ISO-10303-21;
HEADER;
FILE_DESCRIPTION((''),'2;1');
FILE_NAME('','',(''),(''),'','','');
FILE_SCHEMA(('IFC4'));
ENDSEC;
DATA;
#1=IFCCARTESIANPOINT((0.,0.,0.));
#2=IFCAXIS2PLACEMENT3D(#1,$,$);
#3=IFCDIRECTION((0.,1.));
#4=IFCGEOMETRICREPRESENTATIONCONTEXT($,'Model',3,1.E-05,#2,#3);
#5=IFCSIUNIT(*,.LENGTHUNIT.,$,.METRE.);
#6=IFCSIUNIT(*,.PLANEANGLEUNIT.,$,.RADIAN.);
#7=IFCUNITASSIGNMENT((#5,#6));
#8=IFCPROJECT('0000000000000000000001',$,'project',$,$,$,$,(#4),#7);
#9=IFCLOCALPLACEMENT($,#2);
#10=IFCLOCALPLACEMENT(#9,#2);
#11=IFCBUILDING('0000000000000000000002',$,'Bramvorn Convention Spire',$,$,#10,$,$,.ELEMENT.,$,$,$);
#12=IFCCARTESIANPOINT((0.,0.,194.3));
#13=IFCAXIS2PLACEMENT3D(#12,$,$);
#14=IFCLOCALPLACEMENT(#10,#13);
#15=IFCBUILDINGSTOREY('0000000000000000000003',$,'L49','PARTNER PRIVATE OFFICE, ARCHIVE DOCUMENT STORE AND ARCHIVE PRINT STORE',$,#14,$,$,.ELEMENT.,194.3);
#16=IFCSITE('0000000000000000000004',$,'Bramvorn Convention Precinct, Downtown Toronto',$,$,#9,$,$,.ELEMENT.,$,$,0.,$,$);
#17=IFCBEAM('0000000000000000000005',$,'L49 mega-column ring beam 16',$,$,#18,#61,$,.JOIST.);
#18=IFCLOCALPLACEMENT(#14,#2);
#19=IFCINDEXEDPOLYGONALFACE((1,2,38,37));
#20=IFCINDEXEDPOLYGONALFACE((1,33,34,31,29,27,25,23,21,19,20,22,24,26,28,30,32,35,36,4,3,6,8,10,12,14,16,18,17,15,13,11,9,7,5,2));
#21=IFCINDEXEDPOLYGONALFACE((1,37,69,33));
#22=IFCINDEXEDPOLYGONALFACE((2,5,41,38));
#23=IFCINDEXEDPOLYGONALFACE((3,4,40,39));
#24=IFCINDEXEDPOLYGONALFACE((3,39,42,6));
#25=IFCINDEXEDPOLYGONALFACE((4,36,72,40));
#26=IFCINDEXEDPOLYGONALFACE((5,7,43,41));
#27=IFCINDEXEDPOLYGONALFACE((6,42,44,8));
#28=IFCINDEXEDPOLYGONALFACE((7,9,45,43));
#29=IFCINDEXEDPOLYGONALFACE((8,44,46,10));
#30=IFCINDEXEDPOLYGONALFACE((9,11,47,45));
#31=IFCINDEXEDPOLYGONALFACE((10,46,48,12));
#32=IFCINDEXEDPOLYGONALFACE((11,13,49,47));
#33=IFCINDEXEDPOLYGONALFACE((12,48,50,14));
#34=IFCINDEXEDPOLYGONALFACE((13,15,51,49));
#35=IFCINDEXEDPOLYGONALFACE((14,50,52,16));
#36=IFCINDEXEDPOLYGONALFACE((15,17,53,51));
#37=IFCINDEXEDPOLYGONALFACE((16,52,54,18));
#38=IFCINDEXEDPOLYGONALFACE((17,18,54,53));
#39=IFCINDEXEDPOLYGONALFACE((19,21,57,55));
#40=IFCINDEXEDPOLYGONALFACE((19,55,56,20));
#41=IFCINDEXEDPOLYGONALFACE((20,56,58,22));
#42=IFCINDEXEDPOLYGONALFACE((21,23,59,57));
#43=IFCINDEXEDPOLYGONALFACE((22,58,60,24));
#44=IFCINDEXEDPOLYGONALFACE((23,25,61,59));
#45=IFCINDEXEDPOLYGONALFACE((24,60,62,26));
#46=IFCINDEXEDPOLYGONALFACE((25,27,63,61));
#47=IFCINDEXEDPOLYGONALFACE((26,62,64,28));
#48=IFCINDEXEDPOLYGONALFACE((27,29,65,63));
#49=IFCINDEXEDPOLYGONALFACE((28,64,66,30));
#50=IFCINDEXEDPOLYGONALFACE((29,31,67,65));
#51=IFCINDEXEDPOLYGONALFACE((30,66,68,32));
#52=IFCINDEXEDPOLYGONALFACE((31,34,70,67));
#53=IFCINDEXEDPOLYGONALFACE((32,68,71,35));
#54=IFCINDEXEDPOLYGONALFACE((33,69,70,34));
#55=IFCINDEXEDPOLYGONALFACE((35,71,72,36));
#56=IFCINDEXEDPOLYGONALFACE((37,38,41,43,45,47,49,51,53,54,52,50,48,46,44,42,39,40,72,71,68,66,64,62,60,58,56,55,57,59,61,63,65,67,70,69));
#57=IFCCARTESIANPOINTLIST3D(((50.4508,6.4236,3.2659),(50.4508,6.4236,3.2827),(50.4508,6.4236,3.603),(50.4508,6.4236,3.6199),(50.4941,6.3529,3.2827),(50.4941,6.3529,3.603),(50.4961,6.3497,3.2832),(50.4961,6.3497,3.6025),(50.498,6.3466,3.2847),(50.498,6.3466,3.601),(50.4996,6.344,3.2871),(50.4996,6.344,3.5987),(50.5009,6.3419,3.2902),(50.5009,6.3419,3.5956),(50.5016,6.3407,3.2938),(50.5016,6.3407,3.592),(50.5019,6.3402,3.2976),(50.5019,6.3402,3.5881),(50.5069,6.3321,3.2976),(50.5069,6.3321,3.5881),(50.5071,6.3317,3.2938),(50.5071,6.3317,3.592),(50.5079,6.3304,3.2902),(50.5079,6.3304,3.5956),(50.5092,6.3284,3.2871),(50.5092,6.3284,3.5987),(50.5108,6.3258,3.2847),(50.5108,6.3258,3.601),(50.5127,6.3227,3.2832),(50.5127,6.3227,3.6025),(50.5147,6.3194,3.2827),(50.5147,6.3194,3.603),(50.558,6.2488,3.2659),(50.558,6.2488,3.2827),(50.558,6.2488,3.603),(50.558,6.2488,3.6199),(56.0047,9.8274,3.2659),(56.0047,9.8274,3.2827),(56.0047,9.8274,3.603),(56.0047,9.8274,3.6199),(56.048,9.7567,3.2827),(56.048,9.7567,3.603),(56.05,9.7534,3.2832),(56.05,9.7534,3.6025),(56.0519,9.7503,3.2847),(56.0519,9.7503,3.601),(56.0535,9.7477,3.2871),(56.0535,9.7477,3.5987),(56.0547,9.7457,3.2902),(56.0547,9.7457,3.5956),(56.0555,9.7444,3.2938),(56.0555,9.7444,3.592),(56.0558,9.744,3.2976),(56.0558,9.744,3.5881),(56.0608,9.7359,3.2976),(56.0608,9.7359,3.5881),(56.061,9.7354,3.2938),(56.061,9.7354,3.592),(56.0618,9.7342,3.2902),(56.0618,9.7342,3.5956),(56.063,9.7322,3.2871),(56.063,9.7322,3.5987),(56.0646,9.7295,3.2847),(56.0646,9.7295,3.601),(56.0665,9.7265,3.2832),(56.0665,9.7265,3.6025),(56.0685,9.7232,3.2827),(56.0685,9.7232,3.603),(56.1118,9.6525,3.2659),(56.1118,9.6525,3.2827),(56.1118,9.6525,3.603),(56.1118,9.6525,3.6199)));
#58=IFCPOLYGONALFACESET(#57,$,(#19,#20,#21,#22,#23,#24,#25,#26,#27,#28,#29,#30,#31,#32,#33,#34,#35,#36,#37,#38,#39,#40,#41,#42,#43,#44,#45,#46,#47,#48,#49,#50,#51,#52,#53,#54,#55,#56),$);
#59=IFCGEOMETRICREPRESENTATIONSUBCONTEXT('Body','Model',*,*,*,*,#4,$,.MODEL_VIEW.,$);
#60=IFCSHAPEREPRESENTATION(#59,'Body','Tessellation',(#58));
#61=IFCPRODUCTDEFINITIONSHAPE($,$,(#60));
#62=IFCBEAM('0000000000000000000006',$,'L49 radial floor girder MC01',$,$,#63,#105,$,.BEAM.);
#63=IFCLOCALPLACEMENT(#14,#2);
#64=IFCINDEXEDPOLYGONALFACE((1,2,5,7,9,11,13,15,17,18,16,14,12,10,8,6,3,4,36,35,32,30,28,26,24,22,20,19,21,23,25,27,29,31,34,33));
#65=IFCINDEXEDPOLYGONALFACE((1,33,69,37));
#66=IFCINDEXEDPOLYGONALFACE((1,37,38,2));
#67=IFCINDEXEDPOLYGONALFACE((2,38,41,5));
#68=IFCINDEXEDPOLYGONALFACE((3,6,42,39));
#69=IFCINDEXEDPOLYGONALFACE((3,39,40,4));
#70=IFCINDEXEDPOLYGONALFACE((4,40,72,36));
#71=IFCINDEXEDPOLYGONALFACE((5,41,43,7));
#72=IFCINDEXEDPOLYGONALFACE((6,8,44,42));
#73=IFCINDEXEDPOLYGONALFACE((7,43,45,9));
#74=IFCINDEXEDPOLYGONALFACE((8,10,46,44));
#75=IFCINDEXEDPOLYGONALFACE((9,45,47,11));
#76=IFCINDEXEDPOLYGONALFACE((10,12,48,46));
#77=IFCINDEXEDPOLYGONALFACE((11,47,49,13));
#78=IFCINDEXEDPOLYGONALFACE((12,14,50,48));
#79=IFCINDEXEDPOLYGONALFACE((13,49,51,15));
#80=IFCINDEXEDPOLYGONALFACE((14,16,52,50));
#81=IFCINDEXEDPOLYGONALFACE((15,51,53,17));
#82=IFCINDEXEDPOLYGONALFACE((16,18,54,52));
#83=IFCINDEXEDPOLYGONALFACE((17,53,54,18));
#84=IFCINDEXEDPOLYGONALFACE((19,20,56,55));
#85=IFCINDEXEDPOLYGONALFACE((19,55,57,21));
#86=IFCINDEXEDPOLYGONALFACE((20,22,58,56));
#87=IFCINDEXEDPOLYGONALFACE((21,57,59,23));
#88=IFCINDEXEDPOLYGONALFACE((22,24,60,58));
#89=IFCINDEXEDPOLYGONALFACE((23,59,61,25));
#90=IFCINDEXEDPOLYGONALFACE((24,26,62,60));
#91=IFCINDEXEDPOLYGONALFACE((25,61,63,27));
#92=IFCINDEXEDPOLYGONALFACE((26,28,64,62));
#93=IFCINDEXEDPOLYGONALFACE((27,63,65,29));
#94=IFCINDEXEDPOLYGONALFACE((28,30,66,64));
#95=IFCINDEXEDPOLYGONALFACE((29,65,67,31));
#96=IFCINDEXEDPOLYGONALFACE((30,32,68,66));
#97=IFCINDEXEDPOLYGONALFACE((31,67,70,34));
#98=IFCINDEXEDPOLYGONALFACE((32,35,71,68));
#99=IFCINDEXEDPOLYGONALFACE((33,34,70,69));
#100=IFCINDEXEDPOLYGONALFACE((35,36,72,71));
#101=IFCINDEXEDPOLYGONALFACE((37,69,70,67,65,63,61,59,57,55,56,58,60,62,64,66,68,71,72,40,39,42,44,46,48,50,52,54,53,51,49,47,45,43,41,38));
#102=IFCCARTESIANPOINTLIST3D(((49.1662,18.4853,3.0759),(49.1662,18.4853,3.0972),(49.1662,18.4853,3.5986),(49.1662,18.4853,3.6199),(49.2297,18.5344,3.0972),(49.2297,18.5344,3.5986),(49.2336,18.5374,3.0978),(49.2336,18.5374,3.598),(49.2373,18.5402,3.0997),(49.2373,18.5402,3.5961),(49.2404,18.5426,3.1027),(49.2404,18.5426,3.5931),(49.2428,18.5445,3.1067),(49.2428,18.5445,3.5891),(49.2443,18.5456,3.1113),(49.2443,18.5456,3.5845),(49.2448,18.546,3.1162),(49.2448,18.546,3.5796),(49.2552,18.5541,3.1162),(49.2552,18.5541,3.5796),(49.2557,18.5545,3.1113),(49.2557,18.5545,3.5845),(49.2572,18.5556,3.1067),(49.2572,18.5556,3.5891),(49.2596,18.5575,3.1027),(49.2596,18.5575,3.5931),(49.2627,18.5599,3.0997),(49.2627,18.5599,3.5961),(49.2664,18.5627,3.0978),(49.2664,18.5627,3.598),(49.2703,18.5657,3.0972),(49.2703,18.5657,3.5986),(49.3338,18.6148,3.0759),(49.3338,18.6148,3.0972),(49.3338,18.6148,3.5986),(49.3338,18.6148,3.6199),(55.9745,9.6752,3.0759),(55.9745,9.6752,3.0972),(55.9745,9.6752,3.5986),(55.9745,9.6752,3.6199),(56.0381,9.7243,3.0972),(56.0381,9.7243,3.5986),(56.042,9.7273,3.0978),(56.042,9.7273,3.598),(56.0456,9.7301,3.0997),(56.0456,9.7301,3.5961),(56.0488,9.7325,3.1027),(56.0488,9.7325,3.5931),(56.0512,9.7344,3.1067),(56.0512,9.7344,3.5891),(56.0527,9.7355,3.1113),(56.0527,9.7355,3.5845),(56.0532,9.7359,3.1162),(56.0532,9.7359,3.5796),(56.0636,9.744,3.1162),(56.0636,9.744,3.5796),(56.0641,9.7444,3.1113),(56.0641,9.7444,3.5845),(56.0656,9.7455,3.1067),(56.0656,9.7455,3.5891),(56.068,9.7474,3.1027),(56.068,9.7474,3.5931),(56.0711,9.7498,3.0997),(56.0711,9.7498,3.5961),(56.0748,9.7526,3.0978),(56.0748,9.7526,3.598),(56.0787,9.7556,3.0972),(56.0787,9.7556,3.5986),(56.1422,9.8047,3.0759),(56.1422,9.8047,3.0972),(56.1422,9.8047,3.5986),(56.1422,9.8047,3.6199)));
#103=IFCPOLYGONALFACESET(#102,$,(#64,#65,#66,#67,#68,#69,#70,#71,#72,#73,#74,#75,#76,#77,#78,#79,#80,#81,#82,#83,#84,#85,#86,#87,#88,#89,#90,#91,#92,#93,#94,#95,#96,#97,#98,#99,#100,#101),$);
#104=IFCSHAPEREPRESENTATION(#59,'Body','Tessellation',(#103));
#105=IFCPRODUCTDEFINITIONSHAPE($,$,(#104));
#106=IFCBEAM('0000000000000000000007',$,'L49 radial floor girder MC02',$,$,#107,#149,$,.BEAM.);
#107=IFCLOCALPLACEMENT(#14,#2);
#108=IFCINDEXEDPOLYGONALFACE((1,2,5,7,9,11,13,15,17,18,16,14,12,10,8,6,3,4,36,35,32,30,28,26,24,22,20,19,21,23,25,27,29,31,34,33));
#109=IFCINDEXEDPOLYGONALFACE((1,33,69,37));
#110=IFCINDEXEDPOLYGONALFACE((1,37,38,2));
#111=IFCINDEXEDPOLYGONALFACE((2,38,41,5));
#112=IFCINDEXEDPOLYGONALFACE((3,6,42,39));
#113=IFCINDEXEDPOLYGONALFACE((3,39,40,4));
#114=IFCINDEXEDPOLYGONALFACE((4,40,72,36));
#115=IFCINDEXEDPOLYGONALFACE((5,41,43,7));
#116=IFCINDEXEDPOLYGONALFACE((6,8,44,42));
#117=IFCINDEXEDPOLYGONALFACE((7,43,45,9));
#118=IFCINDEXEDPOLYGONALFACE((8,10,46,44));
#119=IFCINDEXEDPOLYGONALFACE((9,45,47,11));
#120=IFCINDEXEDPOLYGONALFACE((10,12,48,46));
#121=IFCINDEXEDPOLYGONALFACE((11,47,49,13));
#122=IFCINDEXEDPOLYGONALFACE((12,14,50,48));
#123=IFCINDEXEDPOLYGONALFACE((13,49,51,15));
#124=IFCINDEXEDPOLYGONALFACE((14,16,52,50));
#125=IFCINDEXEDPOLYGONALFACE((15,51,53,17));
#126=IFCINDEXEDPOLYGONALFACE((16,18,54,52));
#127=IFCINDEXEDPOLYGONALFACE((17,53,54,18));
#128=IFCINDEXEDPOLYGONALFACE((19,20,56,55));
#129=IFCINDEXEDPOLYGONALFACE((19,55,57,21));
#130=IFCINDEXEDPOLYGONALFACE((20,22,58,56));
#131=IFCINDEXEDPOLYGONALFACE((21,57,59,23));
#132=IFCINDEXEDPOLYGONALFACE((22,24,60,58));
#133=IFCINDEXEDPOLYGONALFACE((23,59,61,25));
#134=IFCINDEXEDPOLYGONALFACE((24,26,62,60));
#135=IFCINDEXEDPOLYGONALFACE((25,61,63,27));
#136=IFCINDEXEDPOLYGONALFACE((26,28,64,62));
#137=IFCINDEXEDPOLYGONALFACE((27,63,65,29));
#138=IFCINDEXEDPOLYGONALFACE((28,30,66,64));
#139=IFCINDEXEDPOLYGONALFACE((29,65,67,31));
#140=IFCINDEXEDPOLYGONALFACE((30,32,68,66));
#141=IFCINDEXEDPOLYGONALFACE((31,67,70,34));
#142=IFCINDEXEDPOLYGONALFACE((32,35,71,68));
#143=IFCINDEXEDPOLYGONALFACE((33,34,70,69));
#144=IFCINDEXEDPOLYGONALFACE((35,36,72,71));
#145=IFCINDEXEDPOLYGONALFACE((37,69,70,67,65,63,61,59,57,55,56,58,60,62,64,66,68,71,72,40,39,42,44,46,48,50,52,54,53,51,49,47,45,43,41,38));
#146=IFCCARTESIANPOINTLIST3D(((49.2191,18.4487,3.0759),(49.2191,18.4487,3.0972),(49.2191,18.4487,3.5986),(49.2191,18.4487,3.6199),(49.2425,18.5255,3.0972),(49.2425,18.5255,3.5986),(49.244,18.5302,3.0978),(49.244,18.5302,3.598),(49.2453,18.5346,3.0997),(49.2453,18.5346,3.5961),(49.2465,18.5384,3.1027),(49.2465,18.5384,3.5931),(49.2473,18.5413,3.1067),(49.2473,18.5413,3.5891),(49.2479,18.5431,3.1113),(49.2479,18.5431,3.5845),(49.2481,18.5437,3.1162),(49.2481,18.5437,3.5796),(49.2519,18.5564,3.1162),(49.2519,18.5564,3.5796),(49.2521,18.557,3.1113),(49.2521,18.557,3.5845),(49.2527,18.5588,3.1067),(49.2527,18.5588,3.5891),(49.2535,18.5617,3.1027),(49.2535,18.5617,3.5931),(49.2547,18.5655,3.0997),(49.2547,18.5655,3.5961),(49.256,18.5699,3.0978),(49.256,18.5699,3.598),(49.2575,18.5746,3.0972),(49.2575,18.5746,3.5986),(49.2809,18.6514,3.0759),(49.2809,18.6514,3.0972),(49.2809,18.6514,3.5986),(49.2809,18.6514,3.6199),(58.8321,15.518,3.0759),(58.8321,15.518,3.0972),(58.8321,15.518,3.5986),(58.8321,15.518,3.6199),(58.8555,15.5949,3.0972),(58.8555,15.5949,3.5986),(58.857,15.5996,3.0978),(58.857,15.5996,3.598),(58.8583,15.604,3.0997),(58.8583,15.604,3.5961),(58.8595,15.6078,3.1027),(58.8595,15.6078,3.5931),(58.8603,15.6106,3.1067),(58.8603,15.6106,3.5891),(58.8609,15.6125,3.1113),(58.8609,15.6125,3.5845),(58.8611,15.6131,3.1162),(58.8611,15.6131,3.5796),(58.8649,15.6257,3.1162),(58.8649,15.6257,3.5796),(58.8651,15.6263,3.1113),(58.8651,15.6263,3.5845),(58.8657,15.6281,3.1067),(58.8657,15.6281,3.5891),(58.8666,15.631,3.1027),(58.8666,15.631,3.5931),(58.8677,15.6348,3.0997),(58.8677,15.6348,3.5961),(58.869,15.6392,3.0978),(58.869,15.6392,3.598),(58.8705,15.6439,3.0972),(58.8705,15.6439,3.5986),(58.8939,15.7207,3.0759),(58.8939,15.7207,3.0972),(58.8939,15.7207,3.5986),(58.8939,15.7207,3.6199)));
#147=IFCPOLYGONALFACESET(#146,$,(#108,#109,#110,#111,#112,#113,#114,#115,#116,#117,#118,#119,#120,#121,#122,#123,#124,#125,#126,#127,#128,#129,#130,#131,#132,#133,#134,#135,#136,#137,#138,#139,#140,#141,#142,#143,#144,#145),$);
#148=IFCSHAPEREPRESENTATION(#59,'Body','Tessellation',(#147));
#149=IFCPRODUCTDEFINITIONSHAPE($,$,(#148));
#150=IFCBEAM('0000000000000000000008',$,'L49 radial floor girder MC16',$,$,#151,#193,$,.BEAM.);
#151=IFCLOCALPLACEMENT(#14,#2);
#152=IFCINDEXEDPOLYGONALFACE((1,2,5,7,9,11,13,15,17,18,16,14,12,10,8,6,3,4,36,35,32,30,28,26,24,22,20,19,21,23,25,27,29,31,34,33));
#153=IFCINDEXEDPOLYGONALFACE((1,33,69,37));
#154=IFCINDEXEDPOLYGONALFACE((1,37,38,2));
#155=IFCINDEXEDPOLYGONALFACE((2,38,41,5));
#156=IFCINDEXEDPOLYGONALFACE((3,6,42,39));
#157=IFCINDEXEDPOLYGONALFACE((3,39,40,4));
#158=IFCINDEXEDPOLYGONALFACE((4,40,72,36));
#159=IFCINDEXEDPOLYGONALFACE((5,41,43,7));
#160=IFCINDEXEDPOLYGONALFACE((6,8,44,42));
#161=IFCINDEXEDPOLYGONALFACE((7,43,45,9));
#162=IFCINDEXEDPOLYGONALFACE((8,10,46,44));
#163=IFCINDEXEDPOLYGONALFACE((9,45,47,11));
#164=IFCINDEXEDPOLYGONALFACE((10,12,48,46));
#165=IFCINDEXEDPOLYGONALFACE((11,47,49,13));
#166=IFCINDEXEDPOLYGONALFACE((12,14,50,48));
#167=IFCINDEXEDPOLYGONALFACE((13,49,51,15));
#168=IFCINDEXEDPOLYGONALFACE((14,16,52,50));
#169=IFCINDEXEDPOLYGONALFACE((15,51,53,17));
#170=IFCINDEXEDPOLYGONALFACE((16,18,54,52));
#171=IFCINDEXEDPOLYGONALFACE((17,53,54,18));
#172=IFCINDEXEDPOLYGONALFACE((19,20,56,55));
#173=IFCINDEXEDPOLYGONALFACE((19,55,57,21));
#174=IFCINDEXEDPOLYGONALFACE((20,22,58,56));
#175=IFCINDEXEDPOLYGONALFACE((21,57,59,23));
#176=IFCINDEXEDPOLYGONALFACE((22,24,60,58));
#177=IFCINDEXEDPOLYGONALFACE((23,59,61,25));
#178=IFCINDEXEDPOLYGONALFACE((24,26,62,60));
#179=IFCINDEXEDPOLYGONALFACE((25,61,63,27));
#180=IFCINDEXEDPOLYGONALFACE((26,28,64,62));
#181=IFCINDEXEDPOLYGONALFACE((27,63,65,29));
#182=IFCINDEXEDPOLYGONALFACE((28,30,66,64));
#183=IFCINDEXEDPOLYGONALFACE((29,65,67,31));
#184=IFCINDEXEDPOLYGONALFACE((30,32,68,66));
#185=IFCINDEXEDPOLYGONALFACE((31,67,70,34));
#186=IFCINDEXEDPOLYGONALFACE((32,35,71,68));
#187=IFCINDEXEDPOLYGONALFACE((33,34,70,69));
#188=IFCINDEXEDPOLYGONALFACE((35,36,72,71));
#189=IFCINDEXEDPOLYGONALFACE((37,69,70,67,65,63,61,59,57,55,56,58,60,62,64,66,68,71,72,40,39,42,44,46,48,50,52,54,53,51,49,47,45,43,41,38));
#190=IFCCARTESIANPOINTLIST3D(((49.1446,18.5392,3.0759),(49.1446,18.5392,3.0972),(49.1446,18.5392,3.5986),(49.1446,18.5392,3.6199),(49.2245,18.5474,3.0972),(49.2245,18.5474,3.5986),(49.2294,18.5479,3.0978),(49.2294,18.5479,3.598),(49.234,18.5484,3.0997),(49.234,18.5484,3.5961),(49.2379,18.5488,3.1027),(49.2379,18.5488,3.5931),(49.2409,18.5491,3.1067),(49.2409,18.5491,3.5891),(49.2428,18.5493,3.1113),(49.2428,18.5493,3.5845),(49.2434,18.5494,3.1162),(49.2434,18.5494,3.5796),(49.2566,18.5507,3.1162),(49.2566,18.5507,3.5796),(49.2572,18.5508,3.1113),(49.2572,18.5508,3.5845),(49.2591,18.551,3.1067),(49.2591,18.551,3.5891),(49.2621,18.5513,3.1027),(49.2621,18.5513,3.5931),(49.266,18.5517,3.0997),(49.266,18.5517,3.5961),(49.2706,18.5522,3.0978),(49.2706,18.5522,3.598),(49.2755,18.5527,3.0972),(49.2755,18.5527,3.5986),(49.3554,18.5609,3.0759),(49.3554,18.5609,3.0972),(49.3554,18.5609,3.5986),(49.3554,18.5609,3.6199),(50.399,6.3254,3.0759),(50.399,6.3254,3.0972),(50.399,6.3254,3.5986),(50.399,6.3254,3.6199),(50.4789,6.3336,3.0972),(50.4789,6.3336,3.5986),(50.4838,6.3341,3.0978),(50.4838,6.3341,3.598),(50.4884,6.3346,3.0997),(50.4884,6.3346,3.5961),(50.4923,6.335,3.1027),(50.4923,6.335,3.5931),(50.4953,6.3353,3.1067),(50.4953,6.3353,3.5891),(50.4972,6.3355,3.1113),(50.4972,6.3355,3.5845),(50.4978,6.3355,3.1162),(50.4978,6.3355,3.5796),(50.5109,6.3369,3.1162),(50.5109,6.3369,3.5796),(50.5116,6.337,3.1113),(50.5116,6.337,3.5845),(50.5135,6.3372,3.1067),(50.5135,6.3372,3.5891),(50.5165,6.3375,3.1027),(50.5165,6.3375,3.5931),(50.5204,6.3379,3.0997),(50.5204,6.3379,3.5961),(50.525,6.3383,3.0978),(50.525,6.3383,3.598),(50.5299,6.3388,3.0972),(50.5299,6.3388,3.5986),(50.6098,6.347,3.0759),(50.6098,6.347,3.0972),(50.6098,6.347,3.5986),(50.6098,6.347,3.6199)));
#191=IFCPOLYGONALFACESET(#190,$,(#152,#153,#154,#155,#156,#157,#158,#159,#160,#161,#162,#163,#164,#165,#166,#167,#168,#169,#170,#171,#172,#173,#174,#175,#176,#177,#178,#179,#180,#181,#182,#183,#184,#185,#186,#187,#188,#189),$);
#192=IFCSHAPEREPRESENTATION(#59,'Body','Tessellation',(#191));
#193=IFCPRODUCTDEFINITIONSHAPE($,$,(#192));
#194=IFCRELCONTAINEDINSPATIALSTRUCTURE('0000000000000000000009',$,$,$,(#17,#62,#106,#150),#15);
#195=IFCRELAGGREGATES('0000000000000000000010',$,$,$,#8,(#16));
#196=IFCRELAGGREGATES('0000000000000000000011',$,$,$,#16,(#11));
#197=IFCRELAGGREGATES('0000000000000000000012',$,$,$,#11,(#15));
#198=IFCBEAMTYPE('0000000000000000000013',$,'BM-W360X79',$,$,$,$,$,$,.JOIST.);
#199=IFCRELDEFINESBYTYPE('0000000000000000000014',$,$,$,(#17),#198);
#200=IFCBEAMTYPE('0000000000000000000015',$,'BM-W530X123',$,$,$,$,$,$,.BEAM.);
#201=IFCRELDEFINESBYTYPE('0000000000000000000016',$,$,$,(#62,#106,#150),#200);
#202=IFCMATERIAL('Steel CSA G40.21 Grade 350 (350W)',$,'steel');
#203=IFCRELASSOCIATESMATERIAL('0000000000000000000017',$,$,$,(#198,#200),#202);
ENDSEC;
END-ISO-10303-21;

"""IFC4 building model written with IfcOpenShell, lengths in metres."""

from ifc_helpers import new_model, si_unit, direction, frame, origin, origin_2d, place, context, subcontext, project, spatial, i_section, extrude, material, material_profile, profile_set, type_object, element, save


model = new_model("IFC4")

# Units and contexts
model_context = context("Model", 3, precision=1e-05, world=origin(), true_north=direction((0.0, 1.0)))
body_context = subcontext(model_context, "Body", "Model", "MODEL_VIEW")
ifc_project = project(units=[si_unit("LENGTHUNIT", "METRE"), si_unit("PLANEANGLEUNIT", "RADIAN")], contexts=[model_context])

# Site, building, storey
site_placement = place(None, origin())
site = spatial("IfcSite", under=ifc_project, at=site_placement, Name="Bramvorn Convention Precinct, Downtown Toronto", CompositionType="ELEMENT", RefElevation=0.0)
building_placement = place(site_placement, origin())
building = spatial("IfcBuilding", under=site, at=building_placement, Name="Bramvorn Convention Spire", CompositionType="ELEMENT")
storey_placement = place(building_placement, frame((0.0, 0.0, 194.3)))
storey = spatial("IfcBuildingStorey", under=building, at=storey_placement, Name="L49", Description="PARTNER PRIVATE OFFICE, ARCHIVE DOCUMENT STORE AND ARCHIVE PRINT STORE", CompositionType="ELEMENT", Elevation=194.3)

# Shared definitions
ifc_material_1 = material(Name="Steel CSA G40.21 Grade 350 (350W)", Category="steel")

# Beams
ifc_material_profile_1 = material_profile(ifc_material_1, i_section(OverallWidth=0.2051, OverallDepth=0.354, WebThickness=0.0095, FlangeThickness=0.0168, FilletRadius=0.0149, at=origin_2d()))
ifc_profile_set_1 = profile_set([ifc_material_profile_1], Name="Steel CSA G40.21 Grade 350 (350W) - W360X79")
beam_type_1 = type_object("IfcBeamType", Name="BM-W360X79", PredefinedType="JOIST", material=ifc_profile_set_1)
beam_1_placement = place(storey_placement, frame((50.5044, 6.3362, 3.4429), z_axis=(0.852617, 0.522537, 0.0), x_axis=(-0.522537, 0.852617, 0.0)))
element("IfcBeam", 1, at=beam_1_placement, inside=storey, type_object=beam_type_1, Name="L49 mega-column ring beam 16", PredefinedType="JOIST", context=body_context, shape_type="SweptSolid", body=[
    extrude(i_section(OverallWidth=0.2051, OverallDepth=0.354, WebThickness=0.0095, FlangeThickness=0.0168, FilletRadius=0.0149, at=origin_2d()), origin(), (0.0, 0.0, 1.0), 6.5139),
])
ifc_material_profile_2 = material_profile(ifc_material_1, i_section(OverallWidth=0.2119, OverallDepth=0.5439, WebThickness=0.0132, FlangeThickness=0.0212, FilletRadius=0.019, at=origin_2d()))
ifc_profile_set_2 = profile_set([ifc_material_profile_2], Name="Steel CSA G40.21 Grade 350 (350W) - W530X123")
beam_type_2 = type_object("IfcBeamType", Name="BM-W530X123", PredefinedType="BEAM", material=ifc_profile_set_2)
beam_2_placement = place(storey_placement, frame((49.25, 18.55, 3.3479), z_axis=(0.61148, -0.79126, 0.0), x_axis=(0.79126, 0.61148, 0.0)))
element("IfcBeam", 2, at=beam_2_placement, inside=storey, type_object=beam_type_2, Name="L49 radial floor girder MC01", PredefinedType="BEAM", context=body_context, shape_type="SweptSolid", body=[
    extrude(i_section(OverallWidth=0.2119, OverallDepth=0.5439, WebThickness=0.0132, FlangeThickness=0.0212, FilletRadius=0.019, at=origin_2d()), origin(), (0.0, 0.0, 1.0), 11.1343),
])
beam_3_placement = place(storey_placement, frame((49.25, 18.55, 3.3479), z_axis=(0.956536, -0.291613, 0.0), x_axis=(0.291613, 0.956536, 0.0)))
element("IfcBeam", 3, at=beam_3_placement, inside=storey, type_object=beam_type_2, Name="L49 radial floor girder MC02", PredefinedType="BEAM", context=body_context, shape_type="SweptSolid", body=[
    extrude(i_section(OverallWidth=0.2119, OverallDepth=0.5439, WebThickness=0.0132, FlangeThickness=0.0212, FilletRadius=0.019, at=origin_2d()), origin(), (0.0, 0.0, 1.0), 10.0498),
])
beam_4_placement = place(storey_placement, frame((49.25, 18.55, 3.3479), z_axis=(0.102165, -0.994767, 0.0), x_axis=(0.994767, 0.102165, 0.0)))
element("IfcBeam", 4, at=beam_4_placement, inside=storey, type_object=beam_type_2, Name="L49 radial floor girder MC16", PredefinedType="BEAM", context=body_context, shape_type="SweptSolid", body=[
    extrude(i_section(OverallWidth=0.2119, OverallDepth=0.5439, WebThickness=0.0132, FlangeThickness=0.0212, FilletRadius=0.019, at=origin_2d()), origin(), (0.0, 0.0, 1.0), 12.2781),
])

save(model, "model.ifc")
